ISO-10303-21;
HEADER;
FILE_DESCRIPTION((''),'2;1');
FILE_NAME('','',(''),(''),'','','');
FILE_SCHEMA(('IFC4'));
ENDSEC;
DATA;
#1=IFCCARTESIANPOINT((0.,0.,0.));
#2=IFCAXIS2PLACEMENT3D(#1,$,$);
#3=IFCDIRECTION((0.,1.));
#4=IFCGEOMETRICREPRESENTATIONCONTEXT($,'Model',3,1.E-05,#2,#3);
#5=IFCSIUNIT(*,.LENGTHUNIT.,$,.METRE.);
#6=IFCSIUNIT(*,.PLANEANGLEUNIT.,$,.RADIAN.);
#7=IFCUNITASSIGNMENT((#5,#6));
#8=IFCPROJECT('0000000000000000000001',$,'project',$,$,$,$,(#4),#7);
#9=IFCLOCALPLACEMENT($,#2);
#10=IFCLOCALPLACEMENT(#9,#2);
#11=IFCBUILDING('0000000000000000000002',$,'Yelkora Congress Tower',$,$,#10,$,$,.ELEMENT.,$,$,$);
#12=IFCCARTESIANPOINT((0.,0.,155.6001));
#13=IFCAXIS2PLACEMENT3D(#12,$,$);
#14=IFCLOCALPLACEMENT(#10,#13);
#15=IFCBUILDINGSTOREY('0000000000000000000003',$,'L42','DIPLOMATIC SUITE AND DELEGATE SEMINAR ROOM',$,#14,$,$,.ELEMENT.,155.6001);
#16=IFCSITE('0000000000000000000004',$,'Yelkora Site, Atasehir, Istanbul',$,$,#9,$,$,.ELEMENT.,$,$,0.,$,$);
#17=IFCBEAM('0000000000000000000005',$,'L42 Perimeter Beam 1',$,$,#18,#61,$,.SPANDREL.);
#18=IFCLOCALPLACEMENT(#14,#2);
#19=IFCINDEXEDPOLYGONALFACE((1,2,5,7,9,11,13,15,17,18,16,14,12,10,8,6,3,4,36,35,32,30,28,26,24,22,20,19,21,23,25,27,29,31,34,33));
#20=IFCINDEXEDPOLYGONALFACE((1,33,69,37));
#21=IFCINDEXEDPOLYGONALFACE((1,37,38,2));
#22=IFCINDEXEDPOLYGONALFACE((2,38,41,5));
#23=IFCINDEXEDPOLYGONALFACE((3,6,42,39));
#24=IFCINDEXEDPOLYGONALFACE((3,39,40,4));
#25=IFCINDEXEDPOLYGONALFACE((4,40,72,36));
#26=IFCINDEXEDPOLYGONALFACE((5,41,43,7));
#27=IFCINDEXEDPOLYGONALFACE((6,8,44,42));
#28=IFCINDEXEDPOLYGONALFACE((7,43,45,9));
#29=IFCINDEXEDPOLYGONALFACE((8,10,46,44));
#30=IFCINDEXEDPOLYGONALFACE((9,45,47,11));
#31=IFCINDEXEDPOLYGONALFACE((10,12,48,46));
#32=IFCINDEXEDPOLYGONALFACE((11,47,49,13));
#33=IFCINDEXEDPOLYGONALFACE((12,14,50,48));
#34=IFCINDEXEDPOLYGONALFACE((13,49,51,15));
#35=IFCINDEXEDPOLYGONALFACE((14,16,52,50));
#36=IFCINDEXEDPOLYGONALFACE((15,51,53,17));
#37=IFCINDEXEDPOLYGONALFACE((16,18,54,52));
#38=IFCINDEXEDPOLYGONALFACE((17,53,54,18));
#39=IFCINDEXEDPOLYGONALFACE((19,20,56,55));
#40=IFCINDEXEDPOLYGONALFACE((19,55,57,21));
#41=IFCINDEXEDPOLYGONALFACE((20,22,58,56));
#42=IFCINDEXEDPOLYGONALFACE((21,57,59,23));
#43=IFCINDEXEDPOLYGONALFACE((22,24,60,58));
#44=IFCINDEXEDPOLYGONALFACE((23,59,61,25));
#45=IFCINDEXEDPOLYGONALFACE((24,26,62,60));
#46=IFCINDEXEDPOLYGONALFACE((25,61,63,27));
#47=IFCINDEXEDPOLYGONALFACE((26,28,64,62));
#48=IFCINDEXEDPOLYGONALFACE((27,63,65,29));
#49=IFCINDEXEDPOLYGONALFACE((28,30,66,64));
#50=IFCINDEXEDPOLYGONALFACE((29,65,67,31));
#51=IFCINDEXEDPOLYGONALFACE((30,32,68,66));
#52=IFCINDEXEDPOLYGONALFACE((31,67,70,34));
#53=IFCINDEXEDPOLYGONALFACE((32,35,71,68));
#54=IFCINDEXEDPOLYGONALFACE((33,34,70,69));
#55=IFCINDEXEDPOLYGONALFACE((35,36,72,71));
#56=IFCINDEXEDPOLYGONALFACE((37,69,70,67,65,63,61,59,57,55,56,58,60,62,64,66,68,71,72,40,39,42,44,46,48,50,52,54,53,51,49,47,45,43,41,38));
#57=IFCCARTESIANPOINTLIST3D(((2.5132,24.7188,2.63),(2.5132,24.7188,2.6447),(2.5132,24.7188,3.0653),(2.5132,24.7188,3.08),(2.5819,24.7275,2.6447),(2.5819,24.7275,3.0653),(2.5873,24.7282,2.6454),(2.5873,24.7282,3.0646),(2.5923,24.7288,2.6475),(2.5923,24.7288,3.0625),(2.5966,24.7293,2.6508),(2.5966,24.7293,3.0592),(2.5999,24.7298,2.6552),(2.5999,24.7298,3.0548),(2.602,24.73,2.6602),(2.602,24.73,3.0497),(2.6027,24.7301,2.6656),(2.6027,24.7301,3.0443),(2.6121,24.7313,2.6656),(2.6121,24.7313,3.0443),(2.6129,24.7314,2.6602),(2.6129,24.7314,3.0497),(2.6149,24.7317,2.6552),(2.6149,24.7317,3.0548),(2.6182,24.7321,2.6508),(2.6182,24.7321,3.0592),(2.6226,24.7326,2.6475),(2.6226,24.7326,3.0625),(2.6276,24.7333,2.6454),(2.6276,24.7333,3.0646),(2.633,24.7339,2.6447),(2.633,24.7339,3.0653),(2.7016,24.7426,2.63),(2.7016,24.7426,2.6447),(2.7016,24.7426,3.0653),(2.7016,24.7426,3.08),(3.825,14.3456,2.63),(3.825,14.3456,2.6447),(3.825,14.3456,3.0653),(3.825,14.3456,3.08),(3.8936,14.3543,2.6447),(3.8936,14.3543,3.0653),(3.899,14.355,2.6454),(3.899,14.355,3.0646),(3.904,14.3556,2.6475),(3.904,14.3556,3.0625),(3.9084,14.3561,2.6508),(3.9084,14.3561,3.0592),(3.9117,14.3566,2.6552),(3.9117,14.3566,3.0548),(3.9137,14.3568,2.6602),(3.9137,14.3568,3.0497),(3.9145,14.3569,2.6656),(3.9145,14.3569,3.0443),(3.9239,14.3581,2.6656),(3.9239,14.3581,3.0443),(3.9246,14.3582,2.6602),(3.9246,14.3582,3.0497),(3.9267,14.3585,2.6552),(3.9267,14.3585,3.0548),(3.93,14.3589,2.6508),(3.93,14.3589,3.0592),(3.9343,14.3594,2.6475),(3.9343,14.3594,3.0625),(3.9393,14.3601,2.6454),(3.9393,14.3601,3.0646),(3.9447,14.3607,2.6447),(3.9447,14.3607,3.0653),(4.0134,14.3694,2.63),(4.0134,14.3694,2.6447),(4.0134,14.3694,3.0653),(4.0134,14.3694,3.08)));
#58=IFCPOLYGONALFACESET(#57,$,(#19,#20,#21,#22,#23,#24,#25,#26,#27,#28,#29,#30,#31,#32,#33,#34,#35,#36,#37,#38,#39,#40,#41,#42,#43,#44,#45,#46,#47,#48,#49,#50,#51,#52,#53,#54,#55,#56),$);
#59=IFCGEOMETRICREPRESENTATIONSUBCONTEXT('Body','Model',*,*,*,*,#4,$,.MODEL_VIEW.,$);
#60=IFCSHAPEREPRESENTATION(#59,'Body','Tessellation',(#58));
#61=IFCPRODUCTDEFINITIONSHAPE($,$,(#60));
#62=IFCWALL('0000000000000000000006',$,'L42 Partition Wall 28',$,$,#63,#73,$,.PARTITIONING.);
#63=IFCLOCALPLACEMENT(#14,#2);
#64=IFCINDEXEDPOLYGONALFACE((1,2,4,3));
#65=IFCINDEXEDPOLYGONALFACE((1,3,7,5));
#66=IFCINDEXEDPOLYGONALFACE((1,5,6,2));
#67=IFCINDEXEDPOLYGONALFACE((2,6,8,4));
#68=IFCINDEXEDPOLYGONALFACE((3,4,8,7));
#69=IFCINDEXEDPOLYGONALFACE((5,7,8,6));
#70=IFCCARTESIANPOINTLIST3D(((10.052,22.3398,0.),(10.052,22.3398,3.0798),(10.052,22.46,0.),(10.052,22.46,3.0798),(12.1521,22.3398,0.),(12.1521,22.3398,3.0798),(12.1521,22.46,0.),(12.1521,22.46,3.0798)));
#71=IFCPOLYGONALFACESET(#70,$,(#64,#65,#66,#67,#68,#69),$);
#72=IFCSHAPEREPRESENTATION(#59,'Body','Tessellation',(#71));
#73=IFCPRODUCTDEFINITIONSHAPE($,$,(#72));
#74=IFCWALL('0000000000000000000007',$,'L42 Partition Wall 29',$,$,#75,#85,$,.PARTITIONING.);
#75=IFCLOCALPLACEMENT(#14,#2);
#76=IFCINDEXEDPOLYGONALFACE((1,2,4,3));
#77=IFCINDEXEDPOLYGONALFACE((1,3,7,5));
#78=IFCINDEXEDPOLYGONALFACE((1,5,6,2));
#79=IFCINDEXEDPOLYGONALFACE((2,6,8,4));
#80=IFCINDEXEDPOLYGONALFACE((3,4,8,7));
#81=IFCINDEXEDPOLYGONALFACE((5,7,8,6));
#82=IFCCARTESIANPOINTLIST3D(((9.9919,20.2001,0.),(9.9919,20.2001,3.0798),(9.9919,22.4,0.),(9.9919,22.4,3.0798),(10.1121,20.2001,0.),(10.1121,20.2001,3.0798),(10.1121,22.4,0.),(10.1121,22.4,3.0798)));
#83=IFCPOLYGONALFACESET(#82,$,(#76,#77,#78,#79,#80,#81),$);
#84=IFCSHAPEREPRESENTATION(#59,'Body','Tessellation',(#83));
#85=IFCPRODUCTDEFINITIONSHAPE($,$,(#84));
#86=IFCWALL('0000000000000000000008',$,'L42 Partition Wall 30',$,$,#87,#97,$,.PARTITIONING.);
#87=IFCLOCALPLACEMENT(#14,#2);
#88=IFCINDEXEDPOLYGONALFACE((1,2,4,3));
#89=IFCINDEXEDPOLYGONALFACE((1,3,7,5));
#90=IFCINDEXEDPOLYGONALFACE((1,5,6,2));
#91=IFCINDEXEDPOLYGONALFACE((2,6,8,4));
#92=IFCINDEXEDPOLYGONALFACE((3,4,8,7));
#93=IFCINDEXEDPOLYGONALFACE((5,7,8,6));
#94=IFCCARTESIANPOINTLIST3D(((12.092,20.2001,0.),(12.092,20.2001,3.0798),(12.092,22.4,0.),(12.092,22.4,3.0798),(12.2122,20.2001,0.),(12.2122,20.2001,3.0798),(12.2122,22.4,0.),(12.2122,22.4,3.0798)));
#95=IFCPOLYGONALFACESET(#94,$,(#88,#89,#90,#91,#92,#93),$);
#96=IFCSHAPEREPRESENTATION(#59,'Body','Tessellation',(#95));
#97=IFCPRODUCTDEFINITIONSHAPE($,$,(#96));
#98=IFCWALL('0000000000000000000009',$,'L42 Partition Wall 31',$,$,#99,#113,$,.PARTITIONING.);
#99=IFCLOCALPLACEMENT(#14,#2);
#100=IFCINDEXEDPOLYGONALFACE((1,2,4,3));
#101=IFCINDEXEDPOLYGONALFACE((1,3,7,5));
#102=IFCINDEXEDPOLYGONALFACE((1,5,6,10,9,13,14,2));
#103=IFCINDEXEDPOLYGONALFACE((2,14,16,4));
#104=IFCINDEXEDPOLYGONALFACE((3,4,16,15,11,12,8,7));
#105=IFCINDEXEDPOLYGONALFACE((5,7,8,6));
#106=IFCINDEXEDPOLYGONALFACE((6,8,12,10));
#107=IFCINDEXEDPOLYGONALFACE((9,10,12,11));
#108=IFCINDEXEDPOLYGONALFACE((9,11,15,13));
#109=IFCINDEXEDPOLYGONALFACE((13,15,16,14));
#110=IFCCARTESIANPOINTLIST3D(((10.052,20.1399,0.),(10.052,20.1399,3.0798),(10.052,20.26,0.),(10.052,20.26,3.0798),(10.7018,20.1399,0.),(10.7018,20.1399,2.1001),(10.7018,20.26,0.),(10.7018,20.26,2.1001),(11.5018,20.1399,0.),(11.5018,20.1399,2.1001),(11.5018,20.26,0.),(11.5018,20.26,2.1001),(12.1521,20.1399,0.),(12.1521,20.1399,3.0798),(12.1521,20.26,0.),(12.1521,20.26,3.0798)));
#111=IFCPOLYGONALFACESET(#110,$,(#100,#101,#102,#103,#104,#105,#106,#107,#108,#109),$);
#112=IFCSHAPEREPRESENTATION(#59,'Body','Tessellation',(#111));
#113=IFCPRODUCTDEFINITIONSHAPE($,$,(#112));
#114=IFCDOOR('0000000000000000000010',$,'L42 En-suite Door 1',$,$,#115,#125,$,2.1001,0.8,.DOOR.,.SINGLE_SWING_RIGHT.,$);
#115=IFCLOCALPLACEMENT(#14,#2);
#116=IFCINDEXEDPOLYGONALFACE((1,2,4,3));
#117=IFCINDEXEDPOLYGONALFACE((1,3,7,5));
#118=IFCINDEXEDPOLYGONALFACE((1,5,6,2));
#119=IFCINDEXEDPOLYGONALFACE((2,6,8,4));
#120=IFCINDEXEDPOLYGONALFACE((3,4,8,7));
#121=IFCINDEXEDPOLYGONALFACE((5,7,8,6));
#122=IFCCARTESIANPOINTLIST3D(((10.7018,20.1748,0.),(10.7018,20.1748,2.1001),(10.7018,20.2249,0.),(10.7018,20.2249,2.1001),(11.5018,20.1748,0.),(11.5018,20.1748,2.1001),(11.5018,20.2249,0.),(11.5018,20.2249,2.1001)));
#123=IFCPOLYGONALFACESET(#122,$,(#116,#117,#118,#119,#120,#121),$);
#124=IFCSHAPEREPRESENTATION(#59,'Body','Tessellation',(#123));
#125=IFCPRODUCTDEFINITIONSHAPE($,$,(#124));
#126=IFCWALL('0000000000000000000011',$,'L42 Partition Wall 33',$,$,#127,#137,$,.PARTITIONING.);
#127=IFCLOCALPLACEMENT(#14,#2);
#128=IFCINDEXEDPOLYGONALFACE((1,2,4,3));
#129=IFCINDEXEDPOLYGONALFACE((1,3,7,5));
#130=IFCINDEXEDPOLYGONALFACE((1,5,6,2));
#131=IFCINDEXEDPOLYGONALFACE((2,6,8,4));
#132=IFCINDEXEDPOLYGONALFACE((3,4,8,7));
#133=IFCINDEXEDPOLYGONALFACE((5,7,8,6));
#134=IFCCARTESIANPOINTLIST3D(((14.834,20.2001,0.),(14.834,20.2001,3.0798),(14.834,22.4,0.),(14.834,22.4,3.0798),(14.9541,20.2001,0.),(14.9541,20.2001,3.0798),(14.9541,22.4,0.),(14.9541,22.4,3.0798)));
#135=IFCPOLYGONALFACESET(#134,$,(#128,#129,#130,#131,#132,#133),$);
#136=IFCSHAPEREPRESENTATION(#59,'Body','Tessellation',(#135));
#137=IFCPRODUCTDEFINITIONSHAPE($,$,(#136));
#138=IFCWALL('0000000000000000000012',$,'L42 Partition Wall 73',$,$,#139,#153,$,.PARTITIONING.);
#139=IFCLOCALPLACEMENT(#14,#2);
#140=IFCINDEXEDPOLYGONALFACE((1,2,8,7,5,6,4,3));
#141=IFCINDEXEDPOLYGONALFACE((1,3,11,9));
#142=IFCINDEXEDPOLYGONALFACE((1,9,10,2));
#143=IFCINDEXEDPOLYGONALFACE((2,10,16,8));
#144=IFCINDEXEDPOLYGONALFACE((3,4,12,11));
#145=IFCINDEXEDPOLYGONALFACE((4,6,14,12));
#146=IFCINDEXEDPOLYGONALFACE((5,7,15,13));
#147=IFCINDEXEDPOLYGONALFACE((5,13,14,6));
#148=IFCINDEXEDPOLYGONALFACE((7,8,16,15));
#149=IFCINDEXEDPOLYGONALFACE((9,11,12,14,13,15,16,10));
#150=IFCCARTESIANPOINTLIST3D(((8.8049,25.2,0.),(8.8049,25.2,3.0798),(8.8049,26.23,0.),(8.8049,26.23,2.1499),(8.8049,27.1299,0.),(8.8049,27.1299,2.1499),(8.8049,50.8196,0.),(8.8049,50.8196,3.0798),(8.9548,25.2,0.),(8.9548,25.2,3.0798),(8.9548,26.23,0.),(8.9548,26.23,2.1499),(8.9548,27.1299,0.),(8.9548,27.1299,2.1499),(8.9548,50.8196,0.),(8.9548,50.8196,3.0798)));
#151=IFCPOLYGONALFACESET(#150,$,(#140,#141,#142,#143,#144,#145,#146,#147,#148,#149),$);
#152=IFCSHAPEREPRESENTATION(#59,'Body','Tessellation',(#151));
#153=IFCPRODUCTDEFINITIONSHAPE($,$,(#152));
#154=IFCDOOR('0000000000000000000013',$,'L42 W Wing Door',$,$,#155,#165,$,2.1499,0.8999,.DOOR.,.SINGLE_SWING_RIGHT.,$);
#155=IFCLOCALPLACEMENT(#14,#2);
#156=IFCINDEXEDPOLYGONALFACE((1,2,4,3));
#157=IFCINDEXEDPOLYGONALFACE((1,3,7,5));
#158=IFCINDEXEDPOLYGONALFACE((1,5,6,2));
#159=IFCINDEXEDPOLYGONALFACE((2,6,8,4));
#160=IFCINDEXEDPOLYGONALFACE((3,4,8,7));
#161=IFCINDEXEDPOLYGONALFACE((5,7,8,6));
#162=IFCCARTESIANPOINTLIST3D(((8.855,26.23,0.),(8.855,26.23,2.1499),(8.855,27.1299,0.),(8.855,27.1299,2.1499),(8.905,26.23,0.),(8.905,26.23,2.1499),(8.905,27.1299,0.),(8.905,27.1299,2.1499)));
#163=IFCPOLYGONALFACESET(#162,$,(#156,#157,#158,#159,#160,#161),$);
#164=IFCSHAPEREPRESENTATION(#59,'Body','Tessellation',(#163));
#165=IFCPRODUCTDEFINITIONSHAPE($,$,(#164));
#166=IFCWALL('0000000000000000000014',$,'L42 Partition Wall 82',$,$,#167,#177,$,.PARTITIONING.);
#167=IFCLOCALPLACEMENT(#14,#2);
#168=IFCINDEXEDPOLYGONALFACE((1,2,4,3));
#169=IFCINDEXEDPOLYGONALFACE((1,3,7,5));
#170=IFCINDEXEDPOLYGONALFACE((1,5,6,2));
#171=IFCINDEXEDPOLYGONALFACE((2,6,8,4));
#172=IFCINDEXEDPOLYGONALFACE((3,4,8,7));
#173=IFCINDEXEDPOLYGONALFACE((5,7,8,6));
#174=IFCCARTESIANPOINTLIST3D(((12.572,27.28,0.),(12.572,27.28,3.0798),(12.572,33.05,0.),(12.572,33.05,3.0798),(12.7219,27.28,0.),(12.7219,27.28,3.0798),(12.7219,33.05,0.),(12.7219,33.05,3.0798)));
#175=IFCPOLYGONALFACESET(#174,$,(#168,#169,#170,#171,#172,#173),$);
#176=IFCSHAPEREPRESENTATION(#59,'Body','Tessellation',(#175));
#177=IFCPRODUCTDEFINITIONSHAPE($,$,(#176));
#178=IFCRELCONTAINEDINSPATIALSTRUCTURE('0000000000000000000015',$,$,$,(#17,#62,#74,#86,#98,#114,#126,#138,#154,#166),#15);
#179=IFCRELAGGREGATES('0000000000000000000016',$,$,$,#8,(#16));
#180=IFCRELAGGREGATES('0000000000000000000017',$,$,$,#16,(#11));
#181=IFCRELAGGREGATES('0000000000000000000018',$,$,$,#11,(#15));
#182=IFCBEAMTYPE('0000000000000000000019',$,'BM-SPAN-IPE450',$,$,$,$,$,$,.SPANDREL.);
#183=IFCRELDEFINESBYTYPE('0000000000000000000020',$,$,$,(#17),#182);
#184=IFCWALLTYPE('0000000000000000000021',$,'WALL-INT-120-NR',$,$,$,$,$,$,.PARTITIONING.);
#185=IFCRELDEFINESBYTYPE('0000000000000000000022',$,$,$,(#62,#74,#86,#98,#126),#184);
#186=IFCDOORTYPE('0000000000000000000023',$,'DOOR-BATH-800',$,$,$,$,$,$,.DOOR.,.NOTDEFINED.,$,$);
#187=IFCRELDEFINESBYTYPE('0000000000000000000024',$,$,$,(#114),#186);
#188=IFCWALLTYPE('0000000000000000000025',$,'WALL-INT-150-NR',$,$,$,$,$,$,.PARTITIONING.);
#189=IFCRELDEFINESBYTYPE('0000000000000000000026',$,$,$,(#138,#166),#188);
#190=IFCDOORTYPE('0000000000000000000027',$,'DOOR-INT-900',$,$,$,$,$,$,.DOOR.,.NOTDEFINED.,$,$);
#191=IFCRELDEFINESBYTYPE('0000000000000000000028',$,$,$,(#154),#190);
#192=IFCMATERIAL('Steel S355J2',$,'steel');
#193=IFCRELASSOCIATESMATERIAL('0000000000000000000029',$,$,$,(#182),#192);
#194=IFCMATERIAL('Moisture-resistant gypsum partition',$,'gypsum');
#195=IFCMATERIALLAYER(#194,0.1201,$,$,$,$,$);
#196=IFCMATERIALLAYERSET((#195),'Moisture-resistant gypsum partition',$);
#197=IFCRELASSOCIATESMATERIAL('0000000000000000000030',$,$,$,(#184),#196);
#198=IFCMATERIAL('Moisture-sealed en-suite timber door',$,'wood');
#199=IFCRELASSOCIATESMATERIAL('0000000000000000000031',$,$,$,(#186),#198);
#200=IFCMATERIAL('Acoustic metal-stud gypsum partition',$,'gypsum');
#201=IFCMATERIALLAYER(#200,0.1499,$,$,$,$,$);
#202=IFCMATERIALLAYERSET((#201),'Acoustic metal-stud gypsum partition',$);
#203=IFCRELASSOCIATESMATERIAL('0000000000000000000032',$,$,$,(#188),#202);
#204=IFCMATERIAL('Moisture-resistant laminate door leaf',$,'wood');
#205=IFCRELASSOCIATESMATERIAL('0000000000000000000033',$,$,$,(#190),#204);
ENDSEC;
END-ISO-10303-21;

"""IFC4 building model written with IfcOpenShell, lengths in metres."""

from ifc_helpers import new_model, si_unit, direction, frame, frame_2d, origin, origin_2d, place, context, subcontext, project, spatial, rectangle, i_section, extrude, material, layer, layer_set, material_profile, profile_set, type_object, element, fill, save


model = new_model("IFC4")

# Units and contexts
model_context = context("Model", 3, precision=1e-05, world=origin(), true_north=direction((0.0, 1.0)))
body_context = subcontext(model_context, "Body", "Model", "MODEL_VIEW")
ifc_project = project(units=[si_unit("LENGTHUNIT", "METRE"), si_unit("PLANEANGLEUNIT", "RADIAN")], contexts=[model_context])

# Site, building, storey
site_placement = place(None, origin())
site = spatial("IfcSite", under=ifc_project, at=site_placement, Name="Yelkora Site, Atasehir, Istanbul", CompositionType="ELEMENT", RefElevation=0.0)
building_placement = place(site_placement, origin())
building = spatial("IfcBuilding", under=site, at=building_placement, Name="Yelkora Congress Tower", CompositionType="ELEMENT")
storey_placement = place(building_placement, frame((0.0, 0.0, 155.6001)))
storey = spatial("IfcBuildingStorey", under=building, at=storey_placement, Name="L42", Description="DIPLOMATIC SUITE AND DELEGATE SEMINAR ROOM", CompositionType="ELEMENT", Elevation=155.6001)

# Beam
ifc_material_1 = material(Name="Steel S355J2", Category="steel")
ifc_material_profile_1 = material_profile(ifc_material_1, i_section(OverallWidth=0.1899, OverallDepth=0.45, WebThickness=0.0095, FlangeThickness=0.0146, FilletRadius=0.021, at=origin_2d()), Name="IPE 450")
ifc_profile_set_1 = profile_set([ifc_material_profile_1], Name="Steel S355J2")
beam_type_1 = type_object("IfcBeamType", Name="BM-SPAN-IPE450", PredefinedType="SPANDREL", material=ifc_profile_set_1)
beam_1_placement = place(storey_placement, frame((2.6074, 24.7307, 2.855), z_axis=(0.125457, -0.992099, 0.0), x_axis=(0.992099, 0.125457, 0.0)))
element("IfcBeam", 1, at=beam_1_placement, inside=storey, type_object=beam_type_1, Name="L42 Perimeter Beam 1", PredefinedType="SPANDREL", context=body_context, shape_type="SweptSolid", body=[
    extrude(i_section(OverallWidth=0.1899, OverallDepth=0.45, WebThickness=0.0095, FlangeThickness=0.0146, FilletRadius=0.021, at=origin_2d()), origin(), (0.0, 0.0, 1.0), 10.4558),
])

# Walls
ifc_material_2 = material(Name="Moisture-resistant gypsum partition", Category="gypsum")
ifc_layer_1 = layer(ifc_material_2, 0.1201)
ifc_layer_set_1 = layer_set([ifc_layer_1], Name="Moisture-resistant gypsum partition")
wall_type_1 = type_object("IfcWallType", Name="WALL-INT-120-NR", PredefinedType="PARTITIONING", material=ifc_layer_set_1)
wall_1_placement = place(storey_placement, frame((10.052, 22.3999, 0.0), z_axis=(0.0, 0.0, 1.0), x_axis=(1.0, 0.0, 0.0)))
element("IfcWall", 2, at=wall_1_placement, inside=storey, type_object=wall_type_1, Name="L42 Partition Wall 28", PredefinedType="PARTITIONING", context=body_context, shape_type="SweptSolid", body=[
    extrude(rectangle(XDim=2.1001, YDim=0.1201, at=frame_2d((1.05, 0.0))), origin(), (0.0, 0.0, 1.0), 3.0798),
])
for number, where, z_axis, x_axis, name in (
    (3, (10.052, 20.2, 0.0), (0.0, 0.0, 1.0), (0.0, 1.0, 0.0), "L42 Partition Wall 29"),
    (4, (12.1521, 20.2, 0.0), (0.0, 0.0, 1.0), (0.0, 1.0, 0.0), "L42 Partition Wall 30"),
):
    element("IfcWall", number, at=place(storey_placement, frame(where, z_axis=z_axis, x_axis=x_axis)), inside=storey, type_object=wall_type_1, Name=name, PredefinedType="PARTITIONING", context=body_context, shape_type="SweptSolid", body=[
        extrude(rectangle(XDim=2.2, YDim=0.1201, at=frame_2d((1.1001, 0.0))), origin(), (0.0, 0.0, 1.0), 3.0798),
    ])

# Wall, opening, door
wall_2_placement = place(storey_placement, frame((10.052, 20.2, 0.0), z_axis=(0.0, 0.0, 1.0), x_axis=(1.0, 0.0, 0.0)))
wall_2 = element("IfcWall", 5, at=wall_2_placement, inside=storey, type_object=wall_type_1, Name="L42 Partition Wall 31", PredefinedType="PARTITIONING", context=body_context, shape_type="SweptSolid", body=[
    extrude(rectangle(XDim=2.1001, YDim=0.1201, at=frame_2d((1.05, 0.0))), origin(), (0.0, 0.0, 1.0), 3.0798),
])
opening_1_placement = place(wall_2_placement, frame((0.6499, 0.0, 0.0)))
opening_1 = element("IfcOpeningElement", 6, at=opening_1_placement, cuts=wall_2, PredefinedType="OPENING", context=body_context, shape_type="SweptSolid", body=[
    extrude(rectangle(XDim=0.8, YDim=2.1001, at=frame_2d((0.3999, 1.05))), frame((0.0, 0.0701, 0.0), z_axis=(0.0, -1.0, 0.0), x_axis=(1.0, 0.0, 0.0)), (0.0, 0.0, 1.0), 0.1401),
])
ifc_material_3 = material(Name="Moisture-sealed en-suite timber door", Category="wood")
door_type_1 = type_object("IfcDoorType", Name="DOOR-BATH-800", OperationType="NOTDEFINED", PredefinedType="DOOR", material=ifc_material_3)
door_1_placement = place(opening_1_placement, origin())
door_1 = element("IfcDoor", 7, at=door_1_placement, inside=storey, type_object=door_type_1, Name="L42 En-suite Door 1", OperationType="SINGLE_SWING_RIGHT", OverallHeight=2.1001, OverallWidth=0.8, PredefinedType="DOOR", context=body_context, shape_type="SweptSolid", body=[
    extrude(rectangle(XDim=0.8, YDim=2.1001, at=frame_2d((0.3999, 1.05))), frame((0.0, 0.0249, 0.0), z_axis=(0.0, -1.0, 0.0), x_axis=(1.0, 0.0, 0.0)), (0.0, 0.0, 1.0), 0.05),
])
fill(opening_1, door_1)

# Wall
wall_3_placement = place(storey_placement, frame((14.894, 20.2, 0.0), z_axis=(0.0, 0.0, 1.0), x_axis=(0.0, 1.0, 0.0)))
element("IfcWall", 8, at=wall_3_placement, inside=storey, type_object=wall_type_1, Name="L42 Partition Wall 33", PredefinedType="PARTITIONING", context=body_context, shape_type="SweptSolid", body=[
    extrude(rectangle(XDim=2.2, YDim=0.1201, at=frame_2d((1.1001, 0.0))), origin(), (0.0, 0.0, 1.0), 3.0798),
])

# Wall, opening, door
ifc_material_4 = material(Name="Acoustic metal-stud gypsum partition", Category="gypsum")
ifc_layer_2 = layer(ifc_material_4, 0.1499)
ifc_layer_set_2 = layer_set([ifc_layer_2], Name="Acoustic metal-stud gypsum partition")
wall_type_2 = type_object("IfcWallType", Name="WALL-INT-150-NR", PredefinedType="PARTITIONING", material=ifc_layer_set_2)
wall_4_placement = place(storey_placement, frame((8.8799, 25.2, 0.0), z_axis=(0.0, 0.0, 1.0), x_axis=(0.0, 1.0, 0.0)))
wall_4 = element("IfcWall", 9, at=wall_4_placement, inside=storey, type_object=wall_type_2, Name="L42 Partition Wall 73", PredefinedType="PARTITIONING", context=body_context, shape_type="SweptSolid", body=[
    extrude(rectangle(XDim=25.6196, YDim=0.1499, at=frame_2d((12.8098, 0.0))), origin(), (0.0, 0.0, 1.0), 3.0798),
])
opening_2_placement = place(wall_4_placement, frame((1.03, 0.0, 0.0)))
opening_2 = element("IfcOpeningElement", 10, at=opening_2_placement, cuts=wall_4, PredefinedType="OPENING", context=body_context, shape_type="SweptSolid", body=[
    extrude(rectangle(XDim=0.8999, YDim=2.1499, at=frame_2d((0.45, 1.075))), frame((0.0, 0.085, 0.0), z_axis=(0.0, -1.0, 0.0), x_axis=(1.0, 0.0, 0.0)), (0.0, 0.0, 1.0), 0.1699),
])
ifc_material_5 = material(Name="Moisture-resistant laminate door leaf", Category="wood")
door_type_2 = type_object("IfcDoorType", Name="DOOR-INT-900", OperationType="NOTDEFINED", PredefinedType="DOOR", material=ifc_material_5)
door_2_placement = place(opening_2_placement, origin())
door_2 = element("IfcDoor", 11, at=door_2_placement, inside=storey, type_object=door_type_2, Name="L42 W Wing Door", OperationType="SINGLE_SWING_RIGHT", OverallHeight=2.1499, OverallWidth=0.8999, PredefinedType="DOOR", context=body_context, shape_type="SweptSolid", body=[
    extrude(rectangle(XDim=0.8999, YDim=2.1499, at=frame_2d((0.45, 1.075))), frame((0.0, 0.0249, 0.0), z_axis=(0.0, -1.0, 0.0), x_axis=(1.0, 0.0, 0.0)), (0.0, 0.0, 1.0), 0.05),
])
fill(opening_2, door_2)

# Wall
wall_5_placement = place(storey_placement, frame((12.647, 27.28, 0.0), z_axis=(0.0, 0.0, 1.0), x_axis=(0.0, 1.0, 0.0)))
element("IfcWall", 12, at=wall_5_placement, inside=storey, type_object=wall_type_2, Name="L42 Partition Wall 82", PredefinedType="PARTITIONING", context=body_context, shape_type="SweptSolid", body=[
    extrude(rectangle(XDim=5.77, YDim=0.1499, at=frame_2d((2.885, 0.0))), origin(), (0.0, 0.0, 1.0), 3.0798),
])

save(model, "model.ifc")
